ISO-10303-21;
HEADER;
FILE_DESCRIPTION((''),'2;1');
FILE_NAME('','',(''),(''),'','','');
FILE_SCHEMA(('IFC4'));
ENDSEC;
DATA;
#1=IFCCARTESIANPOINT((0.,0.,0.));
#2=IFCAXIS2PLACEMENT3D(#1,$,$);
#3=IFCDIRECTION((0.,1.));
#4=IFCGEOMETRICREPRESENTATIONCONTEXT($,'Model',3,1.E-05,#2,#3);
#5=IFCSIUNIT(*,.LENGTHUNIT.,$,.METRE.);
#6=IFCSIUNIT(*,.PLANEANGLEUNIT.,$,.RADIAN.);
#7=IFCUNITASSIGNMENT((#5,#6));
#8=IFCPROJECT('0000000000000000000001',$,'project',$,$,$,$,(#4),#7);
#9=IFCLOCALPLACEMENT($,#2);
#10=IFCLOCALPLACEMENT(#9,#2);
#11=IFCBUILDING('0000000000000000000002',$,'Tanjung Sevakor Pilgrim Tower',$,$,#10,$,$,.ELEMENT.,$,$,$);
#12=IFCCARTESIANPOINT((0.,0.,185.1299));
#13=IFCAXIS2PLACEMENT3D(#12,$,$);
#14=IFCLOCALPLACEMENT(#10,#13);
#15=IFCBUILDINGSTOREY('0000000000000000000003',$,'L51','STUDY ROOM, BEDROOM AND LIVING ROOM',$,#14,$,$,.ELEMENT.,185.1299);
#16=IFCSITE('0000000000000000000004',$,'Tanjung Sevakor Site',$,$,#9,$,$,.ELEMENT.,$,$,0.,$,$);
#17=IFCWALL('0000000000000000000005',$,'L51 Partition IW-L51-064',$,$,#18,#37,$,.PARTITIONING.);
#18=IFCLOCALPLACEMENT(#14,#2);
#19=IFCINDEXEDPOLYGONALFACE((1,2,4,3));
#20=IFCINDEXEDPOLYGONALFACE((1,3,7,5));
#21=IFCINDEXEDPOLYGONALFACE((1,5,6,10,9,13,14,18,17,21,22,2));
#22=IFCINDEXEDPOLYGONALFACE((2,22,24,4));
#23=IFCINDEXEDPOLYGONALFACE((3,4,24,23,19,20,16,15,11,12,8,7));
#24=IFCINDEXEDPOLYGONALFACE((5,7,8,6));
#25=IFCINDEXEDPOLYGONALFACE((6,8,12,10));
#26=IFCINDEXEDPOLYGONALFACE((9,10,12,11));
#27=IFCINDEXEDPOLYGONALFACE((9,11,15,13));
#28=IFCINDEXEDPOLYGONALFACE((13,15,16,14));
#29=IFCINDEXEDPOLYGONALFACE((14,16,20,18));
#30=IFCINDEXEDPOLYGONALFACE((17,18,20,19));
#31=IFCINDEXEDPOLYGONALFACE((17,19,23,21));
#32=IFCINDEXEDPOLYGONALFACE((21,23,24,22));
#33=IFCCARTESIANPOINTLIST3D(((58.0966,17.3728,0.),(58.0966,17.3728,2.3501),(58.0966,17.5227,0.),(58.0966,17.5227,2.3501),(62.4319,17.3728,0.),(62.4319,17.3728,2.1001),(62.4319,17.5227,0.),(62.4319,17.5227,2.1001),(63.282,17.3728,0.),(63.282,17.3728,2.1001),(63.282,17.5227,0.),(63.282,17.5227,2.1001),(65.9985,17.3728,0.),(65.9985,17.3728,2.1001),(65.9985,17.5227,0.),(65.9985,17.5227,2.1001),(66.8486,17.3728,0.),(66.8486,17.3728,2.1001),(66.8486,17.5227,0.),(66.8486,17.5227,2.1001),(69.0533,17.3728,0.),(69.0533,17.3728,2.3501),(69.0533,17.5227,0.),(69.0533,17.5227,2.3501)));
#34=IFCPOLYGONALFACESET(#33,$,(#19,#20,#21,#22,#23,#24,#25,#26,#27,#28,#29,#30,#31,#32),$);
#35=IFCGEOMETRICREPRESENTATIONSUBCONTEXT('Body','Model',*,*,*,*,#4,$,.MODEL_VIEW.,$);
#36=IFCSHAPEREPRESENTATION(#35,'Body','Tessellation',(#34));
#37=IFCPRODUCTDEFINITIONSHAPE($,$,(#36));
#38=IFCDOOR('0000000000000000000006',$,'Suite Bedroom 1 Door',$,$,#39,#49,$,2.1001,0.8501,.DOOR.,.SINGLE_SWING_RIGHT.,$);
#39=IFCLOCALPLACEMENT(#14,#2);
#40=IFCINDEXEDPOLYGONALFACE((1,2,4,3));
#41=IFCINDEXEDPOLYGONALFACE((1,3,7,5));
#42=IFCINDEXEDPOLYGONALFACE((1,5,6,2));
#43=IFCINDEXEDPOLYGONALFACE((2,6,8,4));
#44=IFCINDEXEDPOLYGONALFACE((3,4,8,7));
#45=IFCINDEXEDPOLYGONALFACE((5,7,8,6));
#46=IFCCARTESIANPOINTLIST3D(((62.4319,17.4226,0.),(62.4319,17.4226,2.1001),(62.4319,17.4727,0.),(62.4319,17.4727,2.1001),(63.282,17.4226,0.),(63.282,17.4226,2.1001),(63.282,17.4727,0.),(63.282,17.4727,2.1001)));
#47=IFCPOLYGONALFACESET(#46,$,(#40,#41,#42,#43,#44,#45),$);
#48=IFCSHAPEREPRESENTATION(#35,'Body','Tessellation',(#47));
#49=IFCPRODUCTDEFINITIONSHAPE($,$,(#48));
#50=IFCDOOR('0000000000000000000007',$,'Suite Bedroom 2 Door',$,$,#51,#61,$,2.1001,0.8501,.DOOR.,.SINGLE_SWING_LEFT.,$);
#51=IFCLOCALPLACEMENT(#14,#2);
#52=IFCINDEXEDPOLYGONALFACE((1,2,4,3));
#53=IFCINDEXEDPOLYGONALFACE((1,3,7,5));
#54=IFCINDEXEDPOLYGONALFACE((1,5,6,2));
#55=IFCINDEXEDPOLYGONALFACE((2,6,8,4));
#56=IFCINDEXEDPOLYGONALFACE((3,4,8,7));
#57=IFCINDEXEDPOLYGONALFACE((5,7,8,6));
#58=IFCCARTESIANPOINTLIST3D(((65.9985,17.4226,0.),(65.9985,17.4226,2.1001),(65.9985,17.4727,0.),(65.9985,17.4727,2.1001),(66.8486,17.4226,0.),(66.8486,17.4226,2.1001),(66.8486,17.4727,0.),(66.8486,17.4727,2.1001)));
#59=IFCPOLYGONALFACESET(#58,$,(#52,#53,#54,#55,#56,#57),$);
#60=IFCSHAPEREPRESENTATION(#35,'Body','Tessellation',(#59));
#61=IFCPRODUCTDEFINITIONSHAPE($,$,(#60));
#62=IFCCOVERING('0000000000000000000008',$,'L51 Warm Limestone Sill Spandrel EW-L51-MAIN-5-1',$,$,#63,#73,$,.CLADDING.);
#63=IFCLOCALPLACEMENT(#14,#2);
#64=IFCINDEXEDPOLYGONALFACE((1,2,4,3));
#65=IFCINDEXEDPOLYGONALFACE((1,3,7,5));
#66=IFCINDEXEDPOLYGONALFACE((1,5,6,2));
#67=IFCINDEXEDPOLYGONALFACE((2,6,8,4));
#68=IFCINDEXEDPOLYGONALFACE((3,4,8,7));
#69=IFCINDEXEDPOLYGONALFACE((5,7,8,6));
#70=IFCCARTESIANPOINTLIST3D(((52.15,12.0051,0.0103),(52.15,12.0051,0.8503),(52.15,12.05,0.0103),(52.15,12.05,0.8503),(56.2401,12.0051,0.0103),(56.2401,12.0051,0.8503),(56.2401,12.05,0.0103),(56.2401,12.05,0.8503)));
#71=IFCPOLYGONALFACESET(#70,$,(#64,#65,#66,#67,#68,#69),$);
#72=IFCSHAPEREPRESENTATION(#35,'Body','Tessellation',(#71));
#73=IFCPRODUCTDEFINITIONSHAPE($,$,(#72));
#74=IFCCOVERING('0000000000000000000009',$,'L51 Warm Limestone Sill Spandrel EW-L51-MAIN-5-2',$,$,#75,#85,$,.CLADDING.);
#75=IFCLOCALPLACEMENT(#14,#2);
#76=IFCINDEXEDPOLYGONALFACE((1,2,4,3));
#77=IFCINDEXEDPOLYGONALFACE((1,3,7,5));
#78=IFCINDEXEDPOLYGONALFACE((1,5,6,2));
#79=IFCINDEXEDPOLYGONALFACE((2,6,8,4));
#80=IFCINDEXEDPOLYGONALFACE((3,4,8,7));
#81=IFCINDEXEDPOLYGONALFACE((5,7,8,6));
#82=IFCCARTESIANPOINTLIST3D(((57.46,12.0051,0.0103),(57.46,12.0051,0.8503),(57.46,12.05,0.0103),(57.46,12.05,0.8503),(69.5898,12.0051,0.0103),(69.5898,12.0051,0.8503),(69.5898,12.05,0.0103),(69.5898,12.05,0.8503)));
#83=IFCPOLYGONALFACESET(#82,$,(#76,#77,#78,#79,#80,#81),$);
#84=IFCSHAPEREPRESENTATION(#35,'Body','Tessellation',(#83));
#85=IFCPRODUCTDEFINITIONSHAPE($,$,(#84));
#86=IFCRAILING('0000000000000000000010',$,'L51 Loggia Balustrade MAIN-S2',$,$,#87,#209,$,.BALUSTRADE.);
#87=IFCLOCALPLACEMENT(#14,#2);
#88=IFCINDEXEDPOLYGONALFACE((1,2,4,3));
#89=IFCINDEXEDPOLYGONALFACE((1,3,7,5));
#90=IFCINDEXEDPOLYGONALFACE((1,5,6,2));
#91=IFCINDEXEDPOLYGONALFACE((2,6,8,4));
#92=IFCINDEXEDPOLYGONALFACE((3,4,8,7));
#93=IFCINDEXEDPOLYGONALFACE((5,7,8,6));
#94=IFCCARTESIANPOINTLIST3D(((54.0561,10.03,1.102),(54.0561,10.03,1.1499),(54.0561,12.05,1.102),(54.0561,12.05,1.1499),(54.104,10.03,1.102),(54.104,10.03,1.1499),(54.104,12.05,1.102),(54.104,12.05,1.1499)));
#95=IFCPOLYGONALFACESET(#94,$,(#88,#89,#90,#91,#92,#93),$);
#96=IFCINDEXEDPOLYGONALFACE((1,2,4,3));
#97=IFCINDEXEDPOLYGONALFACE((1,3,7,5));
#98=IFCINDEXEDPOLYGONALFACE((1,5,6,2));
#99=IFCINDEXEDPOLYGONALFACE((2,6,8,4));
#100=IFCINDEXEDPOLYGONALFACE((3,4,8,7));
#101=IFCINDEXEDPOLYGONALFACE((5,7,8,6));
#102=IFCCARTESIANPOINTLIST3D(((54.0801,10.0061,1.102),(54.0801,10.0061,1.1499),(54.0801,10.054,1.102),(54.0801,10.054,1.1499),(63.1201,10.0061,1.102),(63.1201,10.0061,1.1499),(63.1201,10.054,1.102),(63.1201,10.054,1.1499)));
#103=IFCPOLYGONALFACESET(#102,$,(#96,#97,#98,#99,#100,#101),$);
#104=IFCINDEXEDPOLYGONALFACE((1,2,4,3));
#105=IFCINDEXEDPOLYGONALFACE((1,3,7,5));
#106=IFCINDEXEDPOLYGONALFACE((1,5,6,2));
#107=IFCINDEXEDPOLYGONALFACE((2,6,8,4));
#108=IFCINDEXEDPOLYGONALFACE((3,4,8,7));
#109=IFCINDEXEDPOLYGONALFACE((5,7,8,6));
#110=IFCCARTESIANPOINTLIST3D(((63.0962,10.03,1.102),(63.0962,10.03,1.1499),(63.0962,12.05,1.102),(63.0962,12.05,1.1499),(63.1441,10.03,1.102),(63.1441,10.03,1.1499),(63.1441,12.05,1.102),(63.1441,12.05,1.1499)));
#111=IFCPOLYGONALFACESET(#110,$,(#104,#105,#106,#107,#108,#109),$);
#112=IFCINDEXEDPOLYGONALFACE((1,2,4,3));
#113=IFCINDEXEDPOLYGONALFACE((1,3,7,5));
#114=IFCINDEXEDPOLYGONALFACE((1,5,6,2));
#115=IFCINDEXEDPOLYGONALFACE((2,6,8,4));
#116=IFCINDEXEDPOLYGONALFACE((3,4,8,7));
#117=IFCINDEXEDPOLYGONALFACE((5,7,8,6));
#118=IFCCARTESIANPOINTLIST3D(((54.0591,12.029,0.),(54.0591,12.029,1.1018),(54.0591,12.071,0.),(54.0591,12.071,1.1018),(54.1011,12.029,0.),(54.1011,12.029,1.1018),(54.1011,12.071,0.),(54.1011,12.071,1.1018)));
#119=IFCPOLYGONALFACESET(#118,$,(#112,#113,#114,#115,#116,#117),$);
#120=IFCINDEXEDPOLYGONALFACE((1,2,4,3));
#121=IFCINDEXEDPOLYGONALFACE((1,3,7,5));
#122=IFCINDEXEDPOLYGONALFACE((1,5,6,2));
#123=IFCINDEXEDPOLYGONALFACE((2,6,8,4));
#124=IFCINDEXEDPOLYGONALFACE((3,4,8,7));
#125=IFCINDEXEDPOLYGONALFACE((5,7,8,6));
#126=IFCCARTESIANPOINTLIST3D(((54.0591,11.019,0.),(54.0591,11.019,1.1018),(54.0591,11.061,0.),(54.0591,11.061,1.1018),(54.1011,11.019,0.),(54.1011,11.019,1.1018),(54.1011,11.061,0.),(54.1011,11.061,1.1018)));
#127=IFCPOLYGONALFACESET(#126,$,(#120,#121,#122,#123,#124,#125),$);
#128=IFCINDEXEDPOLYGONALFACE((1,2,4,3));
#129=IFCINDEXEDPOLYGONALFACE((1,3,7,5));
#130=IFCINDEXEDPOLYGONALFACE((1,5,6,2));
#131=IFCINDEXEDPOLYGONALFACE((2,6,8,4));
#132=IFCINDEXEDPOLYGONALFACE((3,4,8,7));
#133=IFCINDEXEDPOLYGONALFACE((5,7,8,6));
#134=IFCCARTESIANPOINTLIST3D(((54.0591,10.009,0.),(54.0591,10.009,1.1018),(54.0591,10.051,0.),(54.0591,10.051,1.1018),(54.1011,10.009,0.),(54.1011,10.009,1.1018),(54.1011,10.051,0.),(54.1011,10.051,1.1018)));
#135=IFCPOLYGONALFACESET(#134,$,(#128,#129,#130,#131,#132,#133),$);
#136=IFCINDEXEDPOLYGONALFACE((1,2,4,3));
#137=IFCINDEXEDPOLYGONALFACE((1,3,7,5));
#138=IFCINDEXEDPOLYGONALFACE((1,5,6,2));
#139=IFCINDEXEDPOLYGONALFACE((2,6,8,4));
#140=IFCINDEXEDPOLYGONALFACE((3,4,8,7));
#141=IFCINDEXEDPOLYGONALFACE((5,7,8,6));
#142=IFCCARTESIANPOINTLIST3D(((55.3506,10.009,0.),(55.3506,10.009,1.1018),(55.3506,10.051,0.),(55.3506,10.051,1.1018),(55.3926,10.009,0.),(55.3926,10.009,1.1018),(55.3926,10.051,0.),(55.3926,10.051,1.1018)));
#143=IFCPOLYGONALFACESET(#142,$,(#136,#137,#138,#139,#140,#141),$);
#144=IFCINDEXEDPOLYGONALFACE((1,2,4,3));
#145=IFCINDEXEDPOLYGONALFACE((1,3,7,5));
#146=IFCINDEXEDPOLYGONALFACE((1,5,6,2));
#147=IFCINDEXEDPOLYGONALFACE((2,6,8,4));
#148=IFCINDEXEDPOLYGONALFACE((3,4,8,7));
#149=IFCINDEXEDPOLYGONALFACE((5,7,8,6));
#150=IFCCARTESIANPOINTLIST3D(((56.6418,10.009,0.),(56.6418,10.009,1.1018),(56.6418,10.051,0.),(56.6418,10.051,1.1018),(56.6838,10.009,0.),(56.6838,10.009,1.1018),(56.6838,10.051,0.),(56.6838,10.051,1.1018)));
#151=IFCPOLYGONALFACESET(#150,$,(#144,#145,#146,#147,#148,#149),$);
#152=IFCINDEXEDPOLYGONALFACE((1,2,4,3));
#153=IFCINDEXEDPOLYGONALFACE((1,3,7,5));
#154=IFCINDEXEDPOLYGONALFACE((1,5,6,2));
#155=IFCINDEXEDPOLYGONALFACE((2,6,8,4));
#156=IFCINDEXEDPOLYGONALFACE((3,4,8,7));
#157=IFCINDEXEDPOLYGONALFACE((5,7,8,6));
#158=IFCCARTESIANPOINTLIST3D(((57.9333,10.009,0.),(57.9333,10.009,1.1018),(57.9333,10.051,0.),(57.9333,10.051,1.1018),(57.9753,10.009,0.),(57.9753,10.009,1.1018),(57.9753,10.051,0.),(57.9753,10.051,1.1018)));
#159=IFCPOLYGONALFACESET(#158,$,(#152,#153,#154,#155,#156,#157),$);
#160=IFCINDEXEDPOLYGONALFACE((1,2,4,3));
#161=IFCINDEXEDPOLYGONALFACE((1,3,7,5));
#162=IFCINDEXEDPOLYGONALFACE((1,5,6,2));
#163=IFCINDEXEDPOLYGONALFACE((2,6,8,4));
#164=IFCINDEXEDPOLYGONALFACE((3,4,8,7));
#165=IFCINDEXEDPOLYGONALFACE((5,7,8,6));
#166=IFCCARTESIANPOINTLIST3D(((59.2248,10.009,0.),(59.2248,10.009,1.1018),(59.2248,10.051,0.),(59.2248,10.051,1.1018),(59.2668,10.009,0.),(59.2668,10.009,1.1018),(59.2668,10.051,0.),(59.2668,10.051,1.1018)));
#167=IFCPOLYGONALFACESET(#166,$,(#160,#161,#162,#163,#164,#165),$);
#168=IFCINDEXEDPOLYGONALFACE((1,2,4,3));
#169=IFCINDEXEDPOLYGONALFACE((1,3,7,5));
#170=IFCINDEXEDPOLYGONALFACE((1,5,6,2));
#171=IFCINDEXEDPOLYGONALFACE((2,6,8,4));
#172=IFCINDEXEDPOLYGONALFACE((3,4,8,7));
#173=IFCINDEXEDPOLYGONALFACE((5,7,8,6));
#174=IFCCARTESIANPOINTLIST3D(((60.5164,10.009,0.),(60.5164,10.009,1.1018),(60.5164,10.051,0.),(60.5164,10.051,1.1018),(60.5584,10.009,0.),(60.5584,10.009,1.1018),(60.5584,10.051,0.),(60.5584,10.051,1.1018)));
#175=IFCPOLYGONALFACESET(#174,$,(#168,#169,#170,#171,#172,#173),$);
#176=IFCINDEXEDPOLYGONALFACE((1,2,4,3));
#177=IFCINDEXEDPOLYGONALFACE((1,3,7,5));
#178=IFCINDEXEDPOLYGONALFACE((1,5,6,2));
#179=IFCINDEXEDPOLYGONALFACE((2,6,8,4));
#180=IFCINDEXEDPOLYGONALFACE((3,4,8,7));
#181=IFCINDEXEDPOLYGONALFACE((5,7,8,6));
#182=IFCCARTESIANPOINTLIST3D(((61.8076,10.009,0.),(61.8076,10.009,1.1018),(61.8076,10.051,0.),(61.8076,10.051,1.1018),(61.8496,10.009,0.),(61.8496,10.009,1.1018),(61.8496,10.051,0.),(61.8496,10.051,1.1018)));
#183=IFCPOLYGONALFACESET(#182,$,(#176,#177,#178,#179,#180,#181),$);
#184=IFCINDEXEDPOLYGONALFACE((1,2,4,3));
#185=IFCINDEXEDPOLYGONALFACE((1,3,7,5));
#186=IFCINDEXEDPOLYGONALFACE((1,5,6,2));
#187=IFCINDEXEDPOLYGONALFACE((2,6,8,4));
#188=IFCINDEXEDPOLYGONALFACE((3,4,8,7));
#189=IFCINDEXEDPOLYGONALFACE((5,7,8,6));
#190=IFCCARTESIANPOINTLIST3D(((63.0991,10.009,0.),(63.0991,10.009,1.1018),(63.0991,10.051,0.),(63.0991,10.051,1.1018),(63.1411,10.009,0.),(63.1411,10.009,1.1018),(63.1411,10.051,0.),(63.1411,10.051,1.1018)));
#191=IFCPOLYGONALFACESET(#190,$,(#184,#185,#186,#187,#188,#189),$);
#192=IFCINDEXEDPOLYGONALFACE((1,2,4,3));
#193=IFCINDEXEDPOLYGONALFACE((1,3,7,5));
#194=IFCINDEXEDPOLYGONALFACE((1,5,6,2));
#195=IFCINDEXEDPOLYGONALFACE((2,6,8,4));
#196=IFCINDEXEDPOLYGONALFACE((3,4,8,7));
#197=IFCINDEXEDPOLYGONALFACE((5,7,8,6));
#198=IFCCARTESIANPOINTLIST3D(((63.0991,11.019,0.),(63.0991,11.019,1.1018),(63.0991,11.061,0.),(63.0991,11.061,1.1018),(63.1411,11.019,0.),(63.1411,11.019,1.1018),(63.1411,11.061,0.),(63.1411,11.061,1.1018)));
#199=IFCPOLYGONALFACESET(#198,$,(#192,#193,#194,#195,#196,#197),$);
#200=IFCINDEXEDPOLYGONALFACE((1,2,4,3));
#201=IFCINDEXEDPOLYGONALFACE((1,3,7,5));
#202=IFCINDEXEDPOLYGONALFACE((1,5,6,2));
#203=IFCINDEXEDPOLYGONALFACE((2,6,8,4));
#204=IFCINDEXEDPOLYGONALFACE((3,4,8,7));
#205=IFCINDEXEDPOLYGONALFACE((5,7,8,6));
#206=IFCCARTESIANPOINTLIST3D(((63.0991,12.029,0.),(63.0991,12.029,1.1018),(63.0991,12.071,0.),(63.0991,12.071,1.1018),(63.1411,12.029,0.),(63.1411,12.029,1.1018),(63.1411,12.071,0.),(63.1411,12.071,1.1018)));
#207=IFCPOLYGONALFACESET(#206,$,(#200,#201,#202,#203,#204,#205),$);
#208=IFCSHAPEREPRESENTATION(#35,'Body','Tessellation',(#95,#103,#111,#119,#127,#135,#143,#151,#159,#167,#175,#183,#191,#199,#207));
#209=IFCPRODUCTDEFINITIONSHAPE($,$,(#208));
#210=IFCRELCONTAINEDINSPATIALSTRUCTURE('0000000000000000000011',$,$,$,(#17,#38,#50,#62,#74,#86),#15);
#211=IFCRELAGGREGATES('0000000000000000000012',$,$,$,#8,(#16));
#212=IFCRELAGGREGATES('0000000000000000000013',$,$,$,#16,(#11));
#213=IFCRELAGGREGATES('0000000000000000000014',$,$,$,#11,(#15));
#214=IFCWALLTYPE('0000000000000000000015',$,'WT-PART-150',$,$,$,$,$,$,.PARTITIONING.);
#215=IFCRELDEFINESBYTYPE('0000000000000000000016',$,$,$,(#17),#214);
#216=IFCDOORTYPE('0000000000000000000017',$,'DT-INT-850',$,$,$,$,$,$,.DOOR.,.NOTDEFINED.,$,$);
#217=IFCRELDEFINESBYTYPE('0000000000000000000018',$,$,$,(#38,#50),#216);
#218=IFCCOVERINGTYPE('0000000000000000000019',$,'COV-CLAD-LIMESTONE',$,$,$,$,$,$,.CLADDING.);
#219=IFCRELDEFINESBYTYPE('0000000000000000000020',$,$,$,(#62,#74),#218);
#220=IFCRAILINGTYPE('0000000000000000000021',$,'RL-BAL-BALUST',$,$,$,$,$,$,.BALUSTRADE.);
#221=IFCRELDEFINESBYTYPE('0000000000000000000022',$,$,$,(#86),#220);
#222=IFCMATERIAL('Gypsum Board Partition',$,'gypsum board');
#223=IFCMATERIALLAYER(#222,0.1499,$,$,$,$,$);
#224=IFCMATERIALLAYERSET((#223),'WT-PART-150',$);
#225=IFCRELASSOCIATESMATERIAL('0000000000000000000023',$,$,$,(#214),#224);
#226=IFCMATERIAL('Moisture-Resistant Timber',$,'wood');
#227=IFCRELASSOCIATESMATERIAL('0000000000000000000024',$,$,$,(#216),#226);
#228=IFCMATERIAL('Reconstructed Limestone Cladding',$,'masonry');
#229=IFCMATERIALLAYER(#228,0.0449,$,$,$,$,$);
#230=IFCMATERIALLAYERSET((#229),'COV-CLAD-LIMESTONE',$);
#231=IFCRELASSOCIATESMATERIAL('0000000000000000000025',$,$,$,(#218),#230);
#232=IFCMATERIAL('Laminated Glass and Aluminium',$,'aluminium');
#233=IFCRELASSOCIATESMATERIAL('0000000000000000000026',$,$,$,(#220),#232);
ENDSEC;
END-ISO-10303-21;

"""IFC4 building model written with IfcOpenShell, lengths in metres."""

from ifc_helpers import new_model, si_unit, direction, frame, frame_2d, origin, origin_2d, place, context, subcontext, project, spatial, rectangle, extrude, material, layer, layer_set, type_object, element, fill, save


model = new_model("IFC4")

# Units and contexts
model_context = context("Model", 3, precision=1e-05, world=origin(), true_north=direction((0.0, 1.0)))
body_context = subcontext(model_context, "Body", "Model", "MODEL_VIEW")
ifc_project = project(units=[si_unit("LENGTHUNIT", "METRE"), si_unit("PLANEANGLEUNIT", "RADIAN")], contexts=[model_context])

# Site, building, storey
site_placement = place(None, origin())
site = spatial("IfcSite", under=ifc_project, at=site_placement, Name="Tanjung Sevakor Site", CompositionType="ELEMENT", RefElevation=0.0)
building_placement = place(site_placement, origin())
building = spatial("IfcBuilding", under=site, at=building_placement, Name="Tanjung Sevakor Pilgrim Tower", CompositionType="ELEMENT")
storey_placement = place(building_placement, frame((0.0, 0.0, 185.1299)))
storey = spatial("IfcBuildingStorey", under=building, at=storey_placement, Name="L51", Description="STUDY ROOM, BEDROOM AND LIVING ROOM", CompositionType="ELEMENT", Elevation=185.1299)

# Shared definitions
ifc_material_1 = material(Name="Gypsum Board Partition", Category="gypsum board")
ifc_layer_1 = layer(ifc_material_1, 0.1499)
ifc_layer_set_1 = layer_set([ifc_layer_1], Name="WT-PART-150")
wall_type_1 = type_object("IfcWallType", Name="WT-PART-150", PredefinedType="PARTITIONING", material=ifc_layer_set_1)

# Shared definitions
ifc_material_2 = material(Name="Moisture-Resistant Timber", Category="wood")
door_type_1 = type_object("IfcDoorType", Name="DT-INT-850", OperationType="NOTDEFINED", PredefinedType="DOOR", material=ifc_material_2)

# Wall, openings, doors
wall_1_placement = place(storey_placement, frame((58.0964, 17.4478, 0.0), z_axis=(0.0, 0.0, 1.0), x_axis=(1.0, 0.0, 0.0)))
wall_1 = element("IfcWall", 1, at=wall_1_placement, inside=storey, type_object=wall_type_1, Name="L51 Partition IW-L51-064", PredefinedType="PARTITIONING", context=body_context, shape_type="SweptSolid", body=[
    extrude(rectangle(XDim=10.9568, YDim=0.1499, at=frame_2d((5.4785, 0.0))), origin(), (0.0, 0.0, 1.0), 2.3501),
])
opening_1_placement = place(wall_1_placement, frame((4.3354, 0.0, 0.0)))
opening_1 = element("IfcOpeningElement", 2, at=opening_1_placement, cuts=wall_1, PredefinedType="OPENING", context=body_context, shape_type="SweptSolid", body=[
    extrude(rectangle(XDim=0.8501, YDim=2.1001, at=frame_2d((0.425, 1.05))), frame((0.0, 0.085, 0.0), z_axis=(0.0, -1.0, 0.0), x_axis=(1.0, 0.0, 0.0)), (0.0, 0.0, 1.0), 0.1699),
])
opening_2_placement = place(wall_1_placement, frame((7.9021, 0.0, 0.0)))
opening_2 = element("IfcOpeningElement", 3, at=opening_2_placement, cuts=wall_1, PredefinedType="OPENING", context=body_context, shape_type="SweptSolid", body=[
    extrude(rectangle(XDim=0.8501, YDim=2.1001, at=frame_2d((0.425, 1.05))), frame((0.0, 0.085, 0.0), z_axis=(0.0, -1.0, 0.0), x_axis=(1.0, 0.0, 0.0)), (0.0, 0.0, 1.0), 0.1699),
])
door_1_placement = place(opening_1_placement, origin())
door_1 = element("IfcDoor", 4, at=door_1_placement, inside=storey, type_object=door_type_1, Name="Suite Bedroom 1 Door", OperationType="SINGLE_SWING_RIGHT", OverallHeight=2.1001, OverallWidth=0.8501, PredefinedType="DOOR", context=body_context, shape_type="SweptSolid", body=[
    extrude(rectangle(XDim=0.8501, YDim=2.1001, at=frame_2d((0.425, 1.05))), frame((0.0, 0.0249, 0.0), z_axis=(0.0, -1.0, 0.0), x_axis=(1.0, 0.0, 0.0)), (0.0, 0.0, 1.0), 0.05),
])
fill(opening_1, door_1)
door_2_placement = place(opening_2_placement, origin())
door_2 = element("IfcDoor", 5, at=door_2_placement, inside=storey, type_object=door_type_1, Name="Suite Bedroom 2 Door", OperationType="SINGLE_SWING_LEFT", OverallHeight=2.1001, OverallWidth=0.8501, PredefinedType="DOOR", context=body_context, shape_type="SweptSolid", body=[
    extrude(rectangle(XDim=0.8501, YDim=2.1001, at=frame_2d((0.425, 1.05))), frame((0.0, 0.0249, 0.0), z_axis=(0.0, -1.0, 0.0), x_axis=(1.0, 0.0, 0.0)), (0.0, 0.0, 1.0), 0.05),
])
fill(opening_2, door_2)

# Coverings
ifc_material_3 = material(Name="Reconstructed Limestone Cladding", Category="masonry")
ifc_layer_2 = layer(ifc_material_3, 0.0449)
ifc_layer_set_2 = layer_set([ifc_layer_2], Name="COV-CLAD-LIMESTONE")
covering_type = type_object("IfcCoveringType", Name="COV-CLAD-LIMESTONE", PredefinedType="CLADDING", material=ifc_layer_set_2)
covering_1_placement = place(storey_placement, frame((54.1951, 12.0276, 0.0103), z_axis=(0.0, 0.0, 1.0), x_axis=(1.0, 0.0, 0.0)))
element("IfcCovering", 6, at=covering_1_placement, inside=storey, type_object=covering_type, Name="L51 Warm Limestone Sill Spandrel EW-L51-MAIN-5-1", PredefinedType="CLADDING", context=body_context, shape_type="SweptSolid", body=[
    extrude(rectangle(XDim=4.0901, YDim=0.0449, at=origin_2d()), origin(), (0.0, 0.0, 1.0), 0.8401),
])
covering_2_placement = place(storey_placement, frame((63.5249, 12.0276, 0.0103), z_axis=(0.0, 0.0, 1.0), x_axis=(1.0, 0.0, 0.0)))
element("IfcCovering", 7, at=covering_2_placement, inside=storey, type_object=covering_type, Name="L51 Warm Limestone Sill Spandrel EW-L51-MAIN-5-2", PredefinedType="CLADDING", context=body_context, shape_type="SweptSolid", body=[
    extrude(rectangle(XDim=12.1299, YDim=0.0449, at=origin_2d()), origin(), (0.0, 0.0, 1.0), 0.8401),
])

# Railing
ifc_material_4 = material(Name="Laminated Glass and Aluminium", Category="aluminium")
railing_type = type_object("IfcRailingType", Name="RL-BAL-BALUST", PredefinedType="BALUSTRADE", material=ifc_material_4)
railing_1_placement = place(storey_placement, frame((54.0801, 12.05, 0.0)))
element("IfcRailing", 8, at=railing_1_placement, inside=storey, type_object=railing_type, Name="L51 Loggia Balustrade MAIN-S2", PredefinedType="BALUSTRADE", context=body_context, shape_type="SweptSolid", body=[
    extrude(rectangle(XDim=0.0479, YDim=0.0479), frame((0.0, 0.0, 1.126), z_axis=(0.0, -1.0, 0.0), x_axis=(1.0, 0.0, 0.0)), (0.0, 0.0, 1.0), 2.02),
    extrude(rectangle(XDim=0.0479, YDim=0.0479), frame((0.0, -2.02, 1.126), z_axis=(1.0, 0.0, 0.0), x_axis=(0.0, 1.0, 0.0)), (0.0, 0.0, 1.0), 9.04),
    extrude(rectangle(XDim=0.0479, YDim=0.0479), frame((9.04, -2.02, 1.126), z_axis=(0.0, 1.0, 0.0), x_axis=(-1.0, 0.0, 0.0)), (0.0, 0.0, 1.0), 2.02),
    extrude(rectangle(XDim=0.042, YDim=0.042), origin(), (0.0, 0.0, 1.0), 1.1018),
    extrude(rectangle(XDim=0.042, YDim=0.042), frame((0.0, -1.01, 0.0)), (0.0, 0.0, 1.0), 1.1018),
    extrude(rectangle(XDim=0.042, YDim=0.042), frame((0.0, -2.02, 0.0)), (0.0, 0.0, 1.0), 1.1018),
    extrude(rectangle(XDim=0.042, YDim=0.042), frame((1.2915, -2.02, 0.0)), (0.0, 0.0, 1.0), 1.1018),
    extrude(rectangle(XDim=0.042, YDim=0.042), frame((2.5828, -2.02, 0.0)), (0.0, 0.0, 1.0), 1.1018),
    extrude(rectangle(XDim=0.042, YDim=0.042), frame((3.8743, -2.02, 0.0)), (0.0, 0.0, 1.0), 1.1018),
    extrude(rectangle(XDim=0.042, YDim=0.042), frame((5.1658, -2.02, 0.0)), (0.0, 0.0, 1.0), 1.1018),
    extrude(rectangle(XDim=0.042, YDim=0.042), frame((6.4573, -2.02, 0.0)), (0.0, 0.0, 1.0), 1.1018),
    extrude(rectangle(XDim=0.042, YDim=0.042), frame((7.7485, -2.02, 0.0)), (0.0, 0.0, 1.0), 1.1018),
    extrude(rectangle(XDim=0.042, YDim=0.042), frame((9.04, -2.02, 0.0)), (0.0, 0.0, 1.0), 1.1018),
    extrude(rectangle(XDim=0.042, YDim=0.042), frame((9.04, -1.01, 0.0)), (0.0, 0.0, 1.0), 1.1018),
    extrude(rectangle(XDim=0.042, YDim=0.042), frame((9.04, 0.0, 0.0)), (0.0, 0.0, 1.0), 1.1018),
])

save(model, "model.ifc")
